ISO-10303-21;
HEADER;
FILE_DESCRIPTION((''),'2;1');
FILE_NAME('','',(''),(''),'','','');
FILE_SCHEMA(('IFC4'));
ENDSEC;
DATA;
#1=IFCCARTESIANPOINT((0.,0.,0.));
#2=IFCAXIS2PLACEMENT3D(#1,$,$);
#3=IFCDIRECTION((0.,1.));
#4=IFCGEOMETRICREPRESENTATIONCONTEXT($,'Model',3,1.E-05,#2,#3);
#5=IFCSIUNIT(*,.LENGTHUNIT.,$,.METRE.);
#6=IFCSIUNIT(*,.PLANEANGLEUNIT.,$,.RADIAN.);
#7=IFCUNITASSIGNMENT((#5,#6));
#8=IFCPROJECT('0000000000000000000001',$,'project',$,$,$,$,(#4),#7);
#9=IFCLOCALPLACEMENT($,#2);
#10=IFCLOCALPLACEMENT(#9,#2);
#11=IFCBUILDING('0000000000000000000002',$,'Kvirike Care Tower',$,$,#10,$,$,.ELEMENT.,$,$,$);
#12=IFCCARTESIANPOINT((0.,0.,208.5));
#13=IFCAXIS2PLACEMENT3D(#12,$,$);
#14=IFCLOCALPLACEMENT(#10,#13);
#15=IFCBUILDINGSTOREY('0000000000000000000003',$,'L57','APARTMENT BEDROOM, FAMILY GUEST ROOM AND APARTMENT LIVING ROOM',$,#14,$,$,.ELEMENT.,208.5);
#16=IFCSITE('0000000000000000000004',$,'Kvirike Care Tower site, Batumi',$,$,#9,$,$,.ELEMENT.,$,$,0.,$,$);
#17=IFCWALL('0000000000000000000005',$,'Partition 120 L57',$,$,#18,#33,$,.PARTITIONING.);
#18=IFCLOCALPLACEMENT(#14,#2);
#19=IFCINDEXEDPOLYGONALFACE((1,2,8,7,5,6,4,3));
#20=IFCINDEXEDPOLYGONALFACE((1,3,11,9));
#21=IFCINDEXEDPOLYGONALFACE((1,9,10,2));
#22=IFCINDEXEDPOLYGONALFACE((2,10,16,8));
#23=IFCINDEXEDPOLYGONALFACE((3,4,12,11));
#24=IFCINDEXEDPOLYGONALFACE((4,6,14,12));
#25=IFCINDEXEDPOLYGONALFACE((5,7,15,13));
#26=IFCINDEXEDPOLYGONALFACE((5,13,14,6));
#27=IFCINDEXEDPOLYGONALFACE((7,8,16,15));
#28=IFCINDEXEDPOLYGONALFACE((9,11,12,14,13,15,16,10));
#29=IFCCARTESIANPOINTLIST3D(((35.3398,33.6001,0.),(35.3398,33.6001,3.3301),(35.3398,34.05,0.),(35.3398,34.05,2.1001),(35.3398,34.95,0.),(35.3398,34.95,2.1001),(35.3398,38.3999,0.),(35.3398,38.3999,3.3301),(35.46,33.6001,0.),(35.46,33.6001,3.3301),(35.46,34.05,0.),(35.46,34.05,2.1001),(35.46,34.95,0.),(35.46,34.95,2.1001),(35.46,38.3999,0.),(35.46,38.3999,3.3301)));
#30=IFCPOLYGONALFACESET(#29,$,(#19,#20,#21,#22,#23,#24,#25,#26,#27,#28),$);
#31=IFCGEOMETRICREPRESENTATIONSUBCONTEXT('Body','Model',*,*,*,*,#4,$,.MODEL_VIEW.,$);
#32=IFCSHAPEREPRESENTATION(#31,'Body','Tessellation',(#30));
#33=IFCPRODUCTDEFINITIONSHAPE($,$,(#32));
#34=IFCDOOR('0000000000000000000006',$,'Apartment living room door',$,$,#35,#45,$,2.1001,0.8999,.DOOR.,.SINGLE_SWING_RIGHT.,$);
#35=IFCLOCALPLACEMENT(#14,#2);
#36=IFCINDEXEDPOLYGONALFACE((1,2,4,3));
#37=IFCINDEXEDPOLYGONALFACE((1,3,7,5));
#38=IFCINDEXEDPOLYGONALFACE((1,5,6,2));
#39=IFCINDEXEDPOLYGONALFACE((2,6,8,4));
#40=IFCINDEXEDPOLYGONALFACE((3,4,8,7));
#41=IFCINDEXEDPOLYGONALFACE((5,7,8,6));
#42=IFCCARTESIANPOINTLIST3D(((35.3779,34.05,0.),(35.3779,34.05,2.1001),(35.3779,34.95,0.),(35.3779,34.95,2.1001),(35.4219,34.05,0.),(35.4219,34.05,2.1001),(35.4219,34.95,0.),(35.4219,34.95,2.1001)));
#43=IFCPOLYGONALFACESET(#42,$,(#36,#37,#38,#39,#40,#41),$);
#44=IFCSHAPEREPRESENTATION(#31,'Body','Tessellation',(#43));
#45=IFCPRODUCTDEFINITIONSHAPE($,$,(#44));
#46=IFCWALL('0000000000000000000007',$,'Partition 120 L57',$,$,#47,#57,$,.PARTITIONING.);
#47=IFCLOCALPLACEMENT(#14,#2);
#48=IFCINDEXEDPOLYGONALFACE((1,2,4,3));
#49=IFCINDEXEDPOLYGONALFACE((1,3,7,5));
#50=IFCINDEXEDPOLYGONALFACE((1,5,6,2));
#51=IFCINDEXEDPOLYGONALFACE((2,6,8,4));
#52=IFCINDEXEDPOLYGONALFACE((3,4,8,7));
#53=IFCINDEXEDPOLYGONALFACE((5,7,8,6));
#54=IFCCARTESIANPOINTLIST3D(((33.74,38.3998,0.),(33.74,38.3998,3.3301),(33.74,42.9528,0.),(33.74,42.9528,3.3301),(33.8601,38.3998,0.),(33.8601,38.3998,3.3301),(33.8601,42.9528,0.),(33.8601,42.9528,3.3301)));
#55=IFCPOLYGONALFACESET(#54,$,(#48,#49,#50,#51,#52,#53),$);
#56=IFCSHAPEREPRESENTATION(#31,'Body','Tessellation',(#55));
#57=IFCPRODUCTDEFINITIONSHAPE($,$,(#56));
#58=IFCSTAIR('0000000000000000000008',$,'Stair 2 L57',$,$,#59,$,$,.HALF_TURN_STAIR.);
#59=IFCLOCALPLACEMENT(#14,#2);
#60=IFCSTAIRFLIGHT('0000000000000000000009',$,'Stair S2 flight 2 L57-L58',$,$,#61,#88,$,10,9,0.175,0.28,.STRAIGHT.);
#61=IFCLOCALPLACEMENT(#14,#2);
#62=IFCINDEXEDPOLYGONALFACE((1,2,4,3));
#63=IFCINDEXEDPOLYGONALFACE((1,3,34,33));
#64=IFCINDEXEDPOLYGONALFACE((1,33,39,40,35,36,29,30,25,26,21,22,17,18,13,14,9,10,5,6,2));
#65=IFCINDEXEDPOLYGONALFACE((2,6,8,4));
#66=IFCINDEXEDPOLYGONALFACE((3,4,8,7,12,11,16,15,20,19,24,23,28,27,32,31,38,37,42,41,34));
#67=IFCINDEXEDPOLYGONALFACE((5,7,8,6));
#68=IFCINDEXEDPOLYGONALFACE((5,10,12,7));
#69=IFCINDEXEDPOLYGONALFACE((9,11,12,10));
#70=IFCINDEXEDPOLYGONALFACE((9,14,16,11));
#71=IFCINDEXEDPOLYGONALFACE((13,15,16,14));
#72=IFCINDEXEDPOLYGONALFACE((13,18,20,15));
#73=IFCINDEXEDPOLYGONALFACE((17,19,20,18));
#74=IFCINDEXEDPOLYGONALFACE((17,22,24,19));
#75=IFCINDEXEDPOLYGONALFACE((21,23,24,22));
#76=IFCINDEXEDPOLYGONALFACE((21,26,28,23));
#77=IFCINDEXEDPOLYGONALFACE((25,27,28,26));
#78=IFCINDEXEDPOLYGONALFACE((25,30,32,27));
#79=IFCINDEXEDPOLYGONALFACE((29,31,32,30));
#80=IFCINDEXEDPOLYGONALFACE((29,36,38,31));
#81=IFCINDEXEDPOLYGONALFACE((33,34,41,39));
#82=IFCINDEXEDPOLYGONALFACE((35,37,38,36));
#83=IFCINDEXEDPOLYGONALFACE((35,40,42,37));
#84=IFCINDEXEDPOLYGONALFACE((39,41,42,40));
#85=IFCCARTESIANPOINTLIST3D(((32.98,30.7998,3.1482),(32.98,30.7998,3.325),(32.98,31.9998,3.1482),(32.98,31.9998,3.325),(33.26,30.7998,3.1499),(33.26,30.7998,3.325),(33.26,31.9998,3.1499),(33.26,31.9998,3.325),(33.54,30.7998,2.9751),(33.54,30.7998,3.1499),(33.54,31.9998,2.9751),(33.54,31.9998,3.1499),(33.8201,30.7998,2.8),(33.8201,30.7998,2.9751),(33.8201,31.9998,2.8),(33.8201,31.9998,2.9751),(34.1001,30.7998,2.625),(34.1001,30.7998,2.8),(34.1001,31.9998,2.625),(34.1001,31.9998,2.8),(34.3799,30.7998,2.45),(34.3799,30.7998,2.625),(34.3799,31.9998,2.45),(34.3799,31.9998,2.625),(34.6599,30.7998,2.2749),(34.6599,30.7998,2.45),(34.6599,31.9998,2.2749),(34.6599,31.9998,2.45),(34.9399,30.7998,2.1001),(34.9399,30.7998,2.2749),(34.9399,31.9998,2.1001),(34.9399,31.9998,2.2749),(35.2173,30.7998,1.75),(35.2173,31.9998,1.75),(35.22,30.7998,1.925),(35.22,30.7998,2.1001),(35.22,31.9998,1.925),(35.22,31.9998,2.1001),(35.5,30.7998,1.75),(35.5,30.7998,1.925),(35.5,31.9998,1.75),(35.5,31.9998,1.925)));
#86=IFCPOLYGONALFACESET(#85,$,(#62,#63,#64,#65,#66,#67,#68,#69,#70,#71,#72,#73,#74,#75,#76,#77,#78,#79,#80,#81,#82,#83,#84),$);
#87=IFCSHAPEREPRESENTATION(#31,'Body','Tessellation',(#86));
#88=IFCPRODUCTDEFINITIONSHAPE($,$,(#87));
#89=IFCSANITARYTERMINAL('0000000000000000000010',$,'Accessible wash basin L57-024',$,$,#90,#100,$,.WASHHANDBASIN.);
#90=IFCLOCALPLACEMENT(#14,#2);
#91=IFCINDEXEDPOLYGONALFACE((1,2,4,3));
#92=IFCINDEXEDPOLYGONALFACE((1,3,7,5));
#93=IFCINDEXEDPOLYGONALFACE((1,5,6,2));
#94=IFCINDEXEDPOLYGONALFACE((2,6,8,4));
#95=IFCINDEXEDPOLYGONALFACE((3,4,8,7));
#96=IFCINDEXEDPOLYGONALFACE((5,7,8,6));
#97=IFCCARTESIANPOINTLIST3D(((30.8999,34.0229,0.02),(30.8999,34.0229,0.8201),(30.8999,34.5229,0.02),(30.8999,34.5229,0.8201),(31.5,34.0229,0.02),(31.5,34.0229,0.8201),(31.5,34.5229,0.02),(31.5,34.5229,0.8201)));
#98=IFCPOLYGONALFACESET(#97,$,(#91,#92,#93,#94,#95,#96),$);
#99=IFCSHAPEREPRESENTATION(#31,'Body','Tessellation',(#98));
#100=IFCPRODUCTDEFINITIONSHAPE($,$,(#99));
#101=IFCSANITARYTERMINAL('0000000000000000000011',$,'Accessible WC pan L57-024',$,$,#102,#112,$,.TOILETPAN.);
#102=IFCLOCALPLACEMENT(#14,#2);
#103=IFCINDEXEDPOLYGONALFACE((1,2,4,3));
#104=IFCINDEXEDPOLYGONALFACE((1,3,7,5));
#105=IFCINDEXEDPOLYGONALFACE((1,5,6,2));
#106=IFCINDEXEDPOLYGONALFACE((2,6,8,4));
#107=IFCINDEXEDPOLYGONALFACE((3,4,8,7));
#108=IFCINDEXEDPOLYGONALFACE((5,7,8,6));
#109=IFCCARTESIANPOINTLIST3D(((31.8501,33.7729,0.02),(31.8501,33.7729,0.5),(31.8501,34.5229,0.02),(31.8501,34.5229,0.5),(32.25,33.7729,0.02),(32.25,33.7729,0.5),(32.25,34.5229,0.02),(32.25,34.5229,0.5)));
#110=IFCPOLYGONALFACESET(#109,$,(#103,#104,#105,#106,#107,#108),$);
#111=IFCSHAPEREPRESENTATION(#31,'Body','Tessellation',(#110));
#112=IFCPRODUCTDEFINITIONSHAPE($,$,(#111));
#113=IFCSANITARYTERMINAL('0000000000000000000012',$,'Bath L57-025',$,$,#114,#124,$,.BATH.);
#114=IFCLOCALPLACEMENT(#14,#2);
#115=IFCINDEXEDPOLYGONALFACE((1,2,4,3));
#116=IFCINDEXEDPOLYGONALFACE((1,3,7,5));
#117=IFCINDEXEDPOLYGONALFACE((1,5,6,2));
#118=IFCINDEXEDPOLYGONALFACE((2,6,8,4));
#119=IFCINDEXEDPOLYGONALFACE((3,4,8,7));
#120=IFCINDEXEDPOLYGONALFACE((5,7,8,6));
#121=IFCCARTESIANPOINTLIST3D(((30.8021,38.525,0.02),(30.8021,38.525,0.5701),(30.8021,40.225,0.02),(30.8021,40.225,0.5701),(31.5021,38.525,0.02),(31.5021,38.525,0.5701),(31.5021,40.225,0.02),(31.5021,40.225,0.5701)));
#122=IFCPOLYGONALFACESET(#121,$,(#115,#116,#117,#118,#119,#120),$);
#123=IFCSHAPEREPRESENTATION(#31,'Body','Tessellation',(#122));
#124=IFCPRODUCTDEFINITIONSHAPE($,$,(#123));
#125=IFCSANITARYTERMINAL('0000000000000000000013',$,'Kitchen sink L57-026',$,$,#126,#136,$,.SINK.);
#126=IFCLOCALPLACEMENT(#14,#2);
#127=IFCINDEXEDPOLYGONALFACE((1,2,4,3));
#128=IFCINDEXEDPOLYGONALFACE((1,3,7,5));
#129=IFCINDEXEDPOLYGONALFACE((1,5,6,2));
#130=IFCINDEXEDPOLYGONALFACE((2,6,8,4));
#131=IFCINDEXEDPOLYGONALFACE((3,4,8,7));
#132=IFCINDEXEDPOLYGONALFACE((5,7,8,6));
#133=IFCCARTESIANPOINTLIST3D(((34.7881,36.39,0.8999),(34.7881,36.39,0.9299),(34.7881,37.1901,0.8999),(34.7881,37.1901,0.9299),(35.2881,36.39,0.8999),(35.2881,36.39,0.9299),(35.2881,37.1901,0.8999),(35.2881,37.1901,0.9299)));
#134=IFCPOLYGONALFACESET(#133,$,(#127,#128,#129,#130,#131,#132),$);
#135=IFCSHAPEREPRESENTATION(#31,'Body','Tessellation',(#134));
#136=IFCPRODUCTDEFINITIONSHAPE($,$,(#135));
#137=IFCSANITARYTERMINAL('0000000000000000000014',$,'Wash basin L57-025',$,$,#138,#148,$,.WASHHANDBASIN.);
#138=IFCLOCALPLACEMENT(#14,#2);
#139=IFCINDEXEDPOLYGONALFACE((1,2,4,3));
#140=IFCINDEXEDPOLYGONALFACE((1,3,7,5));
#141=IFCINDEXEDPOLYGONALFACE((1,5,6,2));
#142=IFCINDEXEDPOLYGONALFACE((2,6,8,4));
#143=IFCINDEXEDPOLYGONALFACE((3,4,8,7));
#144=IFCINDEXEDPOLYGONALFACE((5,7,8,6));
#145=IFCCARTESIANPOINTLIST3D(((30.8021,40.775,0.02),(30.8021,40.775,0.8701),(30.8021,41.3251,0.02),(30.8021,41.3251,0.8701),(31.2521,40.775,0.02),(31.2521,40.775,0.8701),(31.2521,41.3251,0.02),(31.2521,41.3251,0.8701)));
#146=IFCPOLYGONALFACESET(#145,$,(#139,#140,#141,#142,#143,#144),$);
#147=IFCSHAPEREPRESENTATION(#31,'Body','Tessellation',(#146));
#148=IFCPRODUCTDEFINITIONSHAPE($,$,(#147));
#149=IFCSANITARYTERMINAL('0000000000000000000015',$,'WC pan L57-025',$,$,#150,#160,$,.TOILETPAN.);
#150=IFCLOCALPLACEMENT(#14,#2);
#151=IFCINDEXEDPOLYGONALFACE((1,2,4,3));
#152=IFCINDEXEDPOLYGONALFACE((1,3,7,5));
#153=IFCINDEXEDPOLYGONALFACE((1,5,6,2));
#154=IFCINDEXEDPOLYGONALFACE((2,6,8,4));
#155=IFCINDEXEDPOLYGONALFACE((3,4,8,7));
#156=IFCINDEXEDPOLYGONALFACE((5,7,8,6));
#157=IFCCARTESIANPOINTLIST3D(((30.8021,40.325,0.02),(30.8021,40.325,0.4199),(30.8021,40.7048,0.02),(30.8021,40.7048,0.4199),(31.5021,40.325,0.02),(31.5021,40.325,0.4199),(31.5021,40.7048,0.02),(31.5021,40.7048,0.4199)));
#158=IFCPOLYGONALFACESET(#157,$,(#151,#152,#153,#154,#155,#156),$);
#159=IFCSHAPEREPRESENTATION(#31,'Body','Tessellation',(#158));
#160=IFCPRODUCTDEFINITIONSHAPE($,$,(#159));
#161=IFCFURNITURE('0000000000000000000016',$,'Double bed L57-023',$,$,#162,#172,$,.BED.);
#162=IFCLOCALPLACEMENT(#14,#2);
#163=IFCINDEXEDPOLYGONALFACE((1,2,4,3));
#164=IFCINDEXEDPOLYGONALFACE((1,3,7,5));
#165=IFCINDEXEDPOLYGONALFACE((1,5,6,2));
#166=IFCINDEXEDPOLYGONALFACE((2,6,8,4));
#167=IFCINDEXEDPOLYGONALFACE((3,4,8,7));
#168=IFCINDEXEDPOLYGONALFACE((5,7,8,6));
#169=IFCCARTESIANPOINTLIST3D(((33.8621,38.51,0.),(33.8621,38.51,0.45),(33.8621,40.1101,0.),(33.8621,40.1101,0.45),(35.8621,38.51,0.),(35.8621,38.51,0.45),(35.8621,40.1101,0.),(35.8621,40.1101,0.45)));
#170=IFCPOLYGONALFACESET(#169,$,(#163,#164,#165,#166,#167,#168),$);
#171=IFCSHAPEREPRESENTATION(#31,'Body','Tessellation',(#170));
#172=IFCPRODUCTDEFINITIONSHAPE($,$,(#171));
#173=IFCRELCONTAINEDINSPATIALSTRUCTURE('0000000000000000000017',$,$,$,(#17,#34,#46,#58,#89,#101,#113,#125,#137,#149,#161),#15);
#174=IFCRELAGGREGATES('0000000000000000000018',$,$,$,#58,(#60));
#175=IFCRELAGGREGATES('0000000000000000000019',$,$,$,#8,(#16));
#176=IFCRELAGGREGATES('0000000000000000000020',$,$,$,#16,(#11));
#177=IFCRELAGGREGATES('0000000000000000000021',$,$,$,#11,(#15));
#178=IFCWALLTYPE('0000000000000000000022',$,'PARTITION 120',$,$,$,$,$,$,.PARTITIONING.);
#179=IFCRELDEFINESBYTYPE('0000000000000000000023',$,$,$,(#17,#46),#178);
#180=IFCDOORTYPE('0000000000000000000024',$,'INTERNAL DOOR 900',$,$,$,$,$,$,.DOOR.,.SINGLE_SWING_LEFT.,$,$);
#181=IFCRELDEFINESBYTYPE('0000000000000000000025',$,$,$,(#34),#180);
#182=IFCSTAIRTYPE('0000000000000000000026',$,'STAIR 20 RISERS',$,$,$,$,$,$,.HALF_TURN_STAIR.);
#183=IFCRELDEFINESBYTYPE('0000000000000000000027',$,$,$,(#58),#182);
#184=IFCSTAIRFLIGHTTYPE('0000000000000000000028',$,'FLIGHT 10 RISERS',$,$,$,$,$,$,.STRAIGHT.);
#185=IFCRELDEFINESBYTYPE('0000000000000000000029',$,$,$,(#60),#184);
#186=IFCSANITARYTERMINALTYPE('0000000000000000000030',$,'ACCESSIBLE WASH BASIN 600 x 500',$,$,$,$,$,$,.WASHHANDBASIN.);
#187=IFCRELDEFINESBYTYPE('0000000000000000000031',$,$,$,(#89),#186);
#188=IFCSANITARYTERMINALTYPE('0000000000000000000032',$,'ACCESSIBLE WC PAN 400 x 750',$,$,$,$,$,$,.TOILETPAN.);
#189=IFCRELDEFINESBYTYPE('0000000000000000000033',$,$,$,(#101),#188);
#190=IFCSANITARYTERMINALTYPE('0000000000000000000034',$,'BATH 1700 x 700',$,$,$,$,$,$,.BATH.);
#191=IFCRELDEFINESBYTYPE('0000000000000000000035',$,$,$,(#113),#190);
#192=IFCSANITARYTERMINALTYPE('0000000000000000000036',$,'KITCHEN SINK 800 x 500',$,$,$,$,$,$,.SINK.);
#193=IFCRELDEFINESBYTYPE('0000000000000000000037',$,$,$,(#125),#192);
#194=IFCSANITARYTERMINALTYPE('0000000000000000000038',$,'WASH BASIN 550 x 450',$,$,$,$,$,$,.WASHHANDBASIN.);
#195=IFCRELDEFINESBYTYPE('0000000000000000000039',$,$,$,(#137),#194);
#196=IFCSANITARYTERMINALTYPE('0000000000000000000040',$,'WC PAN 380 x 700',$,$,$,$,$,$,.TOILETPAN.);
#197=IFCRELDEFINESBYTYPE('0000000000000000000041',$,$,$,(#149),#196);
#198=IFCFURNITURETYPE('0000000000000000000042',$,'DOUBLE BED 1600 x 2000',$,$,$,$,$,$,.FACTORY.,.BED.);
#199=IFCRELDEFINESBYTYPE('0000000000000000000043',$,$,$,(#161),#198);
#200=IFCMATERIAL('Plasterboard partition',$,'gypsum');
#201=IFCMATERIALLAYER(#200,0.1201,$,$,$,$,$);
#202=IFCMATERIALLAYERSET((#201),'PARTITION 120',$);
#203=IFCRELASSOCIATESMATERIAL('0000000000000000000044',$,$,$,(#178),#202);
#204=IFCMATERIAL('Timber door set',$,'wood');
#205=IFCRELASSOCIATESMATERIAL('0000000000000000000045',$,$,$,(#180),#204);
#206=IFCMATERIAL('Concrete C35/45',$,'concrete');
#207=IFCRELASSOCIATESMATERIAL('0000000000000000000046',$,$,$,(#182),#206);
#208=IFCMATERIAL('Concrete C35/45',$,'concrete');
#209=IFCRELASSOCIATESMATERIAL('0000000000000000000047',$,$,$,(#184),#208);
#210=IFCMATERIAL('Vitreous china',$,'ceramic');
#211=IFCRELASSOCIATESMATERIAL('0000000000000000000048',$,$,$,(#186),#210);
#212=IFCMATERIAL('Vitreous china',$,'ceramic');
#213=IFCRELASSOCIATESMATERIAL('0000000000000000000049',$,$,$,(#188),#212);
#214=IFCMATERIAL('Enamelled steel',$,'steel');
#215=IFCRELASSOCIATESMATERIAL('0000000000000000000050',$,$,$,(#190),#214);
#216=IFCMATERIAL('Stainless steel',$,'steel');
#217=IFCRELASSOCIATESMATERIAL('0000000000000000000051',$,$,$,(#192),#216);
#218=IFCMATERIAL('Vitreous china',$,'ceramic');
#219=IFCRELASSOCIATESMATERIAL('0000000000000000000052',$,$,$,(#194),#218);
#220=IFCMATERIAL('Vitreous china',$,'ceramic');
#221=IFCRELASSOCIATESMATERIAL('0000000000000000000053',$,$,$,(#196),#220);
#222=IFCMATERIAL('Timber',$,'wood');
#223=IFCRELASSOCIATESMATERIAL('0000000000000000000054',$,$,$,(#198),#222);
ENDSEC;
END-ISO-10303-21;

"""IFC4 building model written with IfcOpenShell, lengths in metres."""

from ifc_helpers import new_model, si_unit, direction, frame, frame_2d, origin, origin_2d, place, context, subcontext, project, spatial, polyline, rectangle, outline, extrude, material, layer, layer_set, type_object, element, fill, aggregate, save


model = new_model("IFC4")

# Units and contexts
model_context = context("Model", 3, precision=1e-05, world=origin(), true_north=direction((0.0, 1.0)))
body_context = subcontext(model_context, "Body", "Model", "MODEL_VIEW")
ifc_project = project(units=[si_unit("LENGTHUNIT", "METRE"), si_unit("PLANEANGLEUNIT", "RADIAN")], contexts=[model_context])

# Site, building, storey
site_placement = place(None, origin())
site = spatial("IfcSite", under=ifc_project, at=site_placement, Name="Kvirike Care Tower site, Batumi", CompositionType="ELEMENT", RefElevation=0.0)
building_placement = place(site_placement, origin())
building = spatial("IfcBuilding", under=site, at=building_placement, Name="Kvirike Care Tower", CompositionType="ELEMENT")
storey_placement = place(building_placement, frame((0.0, 0.0, 208.5)))
storey = spatial("IfcBuildingStorey", under=building, at=storey_placement, Name="L57", Description="APARTMENT BEDROOM, FAMILY GUEST ROOM AND APARTMENT LIVING ROOM", CompositionType="ELEMENT", Elevation=208.5)

# Wall, opening, door
ifc_material_1 = material(Name="Plasterboard partition", Category="gypsum")
ifc_layer_1 = layer(ifc_material_1, 0.1201)
ifc_layer_set_1 = layer_set([ifc_layer_1], Name="PARTITION 120")
wall_type_1 = type_object("IfcWallType", Name="PARTITION 120", PredefinedType="PARTITIONING", material=ifc_layer_set_1)
wall_1_placement = place(storey_placement, frame((35.3999, 33.6001, 0.0), z_axis=(0.0, 0.0, 1.0), x_axis=(0.0, 1.0, 0.0)))
wall_1 = element("IfcWall", 1, at=wall_1_placement, inside=storey, type_object=wall_type_1, Name="Partition 120 L57", PredefinedType="PARTITIONING", context=body_context, shape_type="SweptSolid", body=[
    extrude(rectangle(XDim=4.7998, YDim=0.1201, at=frame_2d((2.3999, 0.0))), origin(), (0.0, 0.0, 1.0), 3.3301),
])
opening_1_placement = place(wall_1_placement, frame((0.45, 0.0, 0.0)))
opening_1 = element("IfcOpeningElement", 2, at=opening_1_placement, cuts=wall_1, PredefinedType="OPENING", context=body_context, shape_type="SweptSolid", body=[
    extrude(rectangle(XDim=0.8999, YDim=2.1001, at=frame_2d((0.45, 1.05))), frame((0.0, 0.0706, 0.0), z_axis=(0.0, -1.0, 0.0), x_axis=(1.0, 0.0, 0.0)), (0.0, 0.0, 1.0), 0.1411),
])
ifc_material_2 = material(Name="Timber door set", Category="wood")
door_type_1 = type_object("IfcDoorType", Name="INTERNAL DOOR 900", OperationType="SINGLE_SWING_LEFT", PredefinedType="DOOR", material=ifc_material_2)
door_1_placement = place(opening_1_placement, origin())
door_1 = element("IfcDoor", 3, at=door_1_placement, inside=storey, type_object=door_type_1, Name="Apartment living room door", OperationType="SINGLE_SWING_RIGHT", OverallHeight=2.1001, OverallWidth=0.8999, PredefinedType="DOOR", context=body_context, shape_type="SweptSolid", body=[
    extrude(rectangle(XDim=0.8999, YDim=2.1001, at=frame_2d((0.45, 1.05))), frame((0.0, 0.022, 0.0), z_axis=(0.0, -1.0, 0.0), x_axis=(1.0, 0.0, 0.0)), (0.0, 0.0, 1.0), 0.0439),
])
fill(opening_1, door_1)

# Wall
wall_2_placement = place(storey_placement, frame((33.8, 38.3999, 0.0), z_axis=(0.0, 0.0, 1.0), x_axis=(0.0, 1.0, 0.0)))
element("IfcWall", 4, at=wall_2_placement, inside=storey, type_object=wall_type_1, Name="Partition 120 L57", PredefinedType="PARTITIONING", context=body_context, shape_type="SweptSolid", body=[
    extrude(rectangle(XDim=4.553, YDim=0.1201, at=frame_2d((2.2764, 0.0))), origin(), (0.0, 0.0, 1.0), 3.3301),
])

# Stair, stair flight
ifc_material_3 = material(Name="Concrete C35/45", Category="concrete")
stair_type = type_object("IfcStairType", Name="STAIR 20 RISERS", PredefinedType="HALF_TURN_STAIR", material=ifc_material_3)
stair_placement = place(storey_placement, origin())
stair = element("IfcStair", 5, at=stair_placement, inside=storey, type_object=stair_type, Name="Stair 2 L57", PredefinedType="HALF_TURN_STAIR")
ifc_material_4 = material(Name="Concrete C35/45", Category="concrete")
stair_flight_type = type_object("IfcStairFlightType", Name="FLIGHT 10 RISERS", PredefinedType="STRAIGHT", material=ifc_material_4)
stair_flight_placement = place(storey_placement, frame((35.5, 31.3999, 1.75), z_axis=(0.0, 0.0, 1.0), x_axis=(-1.0, 0.0, 0.0)))
stair_flight = element("IfcStairFlight", 6, at=stair_flight_placement, type_object=stair_flight_type, Name="Stair S2 flight 2 L57-L58", NumberOfRisers=10, NumberOfTreads=9, PredefinedType="STRAIGHT", RiserHeight=0.175, TreadLength=0.28, context=body_context, shape_type="SweptSolid", body=[
    extrude(outline(polyline([(0.0, 0.0), (0.0, 0.175), (0.28, 0.175), (0.28, 0.3501), (0.5601, 0.3501), (0.5601, 0.5249), (0.8401, 0.5249), (0.8401, 0.7), (1.1201, 0.7), (1.1201, 0.875), (1.3999, 0.875), (1.3999, 1.05), (1.6799, 1.05), (1.6799, 1.2251), (1.96, 1.2251), (1.96, 1.3999), (2.24, 1.3999), (2.24, 1.575), (2.52, 1.575), (2.52, 1.75), (2.52, 1.3982), (0.2827, 0.0), (0.0, 0.0)])), frame((0.0, 0.6001, 0.0), z_axis=(0.0, -1.0, 0.0), x_axis=(1.0, 0.0, 0.0)), (0.0, 0.0, 1.0), 1.2),
])
aggregate(stair, [stair_flight])

# Sanitary terminals
ifc_material_5 = material(Name="Vitreous china", Category="ceramic")
sanitary_terminal_type_1 = type_object("IfcSanitaryTerminalType", Name="ACCESSIBLE WASH BASIN 600 x 500", PredefinedType="WASHHANDBASIN", material=ifc_material_5)
sanitary_terminal_1_placement = place(storey_placement, frame((31.2, 34.2729, 0.02), z_axis=(0.0, 0.0, 1.0), x_axis=(1.0, 0.0, 0.0)))
element("IfcSanitaryTerminal", 7, at=sanitary_terminal_1_placement, inside=storey, type_object=sanitary_terminal_type_1, Name="Accessible wash basin L57-024", PredefinedType="WASHHANDBASIN", context=body_context, shape_type="SweptSolid", body=[
    extrude(rectangle(XDim=0.6001, YDim=0.5, at=origin_2d()), origin(), (0.0, 0.0, 1.0), 0.8),
])
ifc_material_6 = material(Name="Vitreous china", Category="ceramic")
sanitary_terminal_type_2 = type_object("IfcSanitaryTerminalType", Name="ACCESSIBLE WC PAN 400 x 750", PredefinedType="TOILETPAN", material=ifc_material_6)
sanitary_terminal_2_placement = place(storey_placement, frame((32.05, 34.1479, 0.02), z_axis=(0.0, 0.0, 1.0), x_axis=(1.0, 0.0, 0.0)))
element("IfcSanitaryTerminal", 8, at=sanitary_terminal_2_placement, inside=storey, type_object=sanitary_terminal_type_2, Name="Accessible WC pan L57-024", PredefinedType="TOILETPAN", context=body_context, shape_type="SweptSolid", body=[
    extrude(rectangle(XDim=0.3999, YDim=0.75, at=origin_2d()), origin(), (0.0, 0.0, 1.0), 0.48),
])
ifc_material_7 = material(Name="Enamelled steel", Category="steel")
sanitary_terminal_type_3 = type_object("IfcSanitaryTerminalType", Name="BATH 1700 x 700", PredefinedType="BATH", material=ifc_material_7)
sanitary_terminal_3_placement = place(storey_placement, frame((31.1521, 39.375, 0.02), z_axis=(0.0, 0.0, 1.0), x_axis=(0.0, 1.0, 0.0)))
element("IfcSanitaryTerminal", 9, at=sanitary_terminal_3_placement, inside=storey, type_object=sanitary_terminal_type_3, Name="Bath L57-025", PredefinedType="BATH", context=body_context, shape_type="SweptSolid", body=[
    extrude(rectangle(XDim=1.7, YDim=0.7, at=origin_2d()), origin(), (0.0, 0.0, 1.0), 0.55),
])
ifc_material_8 = material(Name="Stainless steel", Category="steel")
sanitary_terminal_type_4 = type_object("IfcSanitaryTerminalType", Name="KITCHEN SINK 800 x 500", PredefinedType="SINK", material=ifc_material_8)
sanitary_terminal_4_placement = place(storey_placement, frame((35.0381, 36.79, 0.8999), z_axis=(0.0, 0.0, 1.0), x_axis=(0.0, -1.0, 0.0)))
element("IfcSanitaryTerminal", 10, at=sanitary_terminal_4_placement, inside=storey, type_object=sanitary_terminal_type_4, Name="Kitchen sink L57-026", PredefinedType="SINK", context=body_context, shape_type="SweptSolid", body=[
    extrude(rectangle(XDim=0.8, YDim=0.5, at=origin_2d()), origin(), (0.0, 0.0, 1.0), 0.03),
])
ifc_material_9 = material(Name="Vitreous china", Category="ceramic")
sanitary_terminal_type_5 = type_object("IfcSanitaryTerminalType", Name="WASH BASIN 550 x 450", PredefinedType="WASHHANDBASIN", material=ifc_material_9)
sanitary_terminal_5_placement = place(storey_placement, frame((31.0271, 41.05, 0.02), z_axis=(0.0, 0.0, 1.0), x_axis=(0.0, 1.0, 0.0)))
element("IfcSanitaryTerminal", 11, at=sanitary_terminal_5_placement, inside=storey, type_object=sanitary_terminal_type_5, Name="Wash basin L57-025", PredefinedType="WASHHANDBASIN", context=body_context, shape_type="SweptSolid", body=[
    extrude(rectangle(XDim=0.55, YDim=0.45, at=origin_2d()), origin(), (0.0, 0.0, 1.0), 0.8501),
])
ifc_material_10 = material(Name="Vitreous china", Category="ceramic")
sanitary_terminal_type_6 = type_object("IfcSanitaryTerminalType", Name="WC PAN 380 x 700", PredefinedType="TOILETPAN", material=ifc_material_10)
sanitary_terminal_6_placement = place(storey_placement, frame((31.1521, 40.5149, 0.02), z_axis=(0.0, 0.0, 1.0), x_axis=(0.0, 1.0, 0.0)))
element("IfcSanitaryTerminal", 12, at=sanitary_terminal_6_placement, inside=storey, type_object=sanitary_terminal_type_6, Name="WC pan L57-025", PredefinedType="TOILETPAN", context=body_context, shape_type="SweptSolid", body=[
    extrude(rectangle(XDim=0.3799, YDim=0.7, at=origin_2d()), origin(), (0.0, 0.0, 1.0), 0.3999),
])

# Furniture
ifc_material_11 = material(Name="Timber", Category="wood")
furniture_type_1 = type_object("IfcFurnitureType", Name="DOUBLE BED 1600 x 2000", AssemblyPlace="FACTORY", PredefinedType="BED", material=ifc_material_11)
furniture_1_placement = place(storey_placement, frame((34.8621, 39.3101, 0.0), z_axis=(0.0, 0.0, 1.0), x_axis=(0.0, 1.0, 0.0)))
element("IfcFurniture", 13, at=furniture_1_placement, inside=storey, type_object=furniture_type_1, Name="Double bed L57-023", PredefinedType="BED", context=body_context, shape_type="SweptSolid", body=[
    extrude(rectangle(XDim=1.6001, YDim=2.0, at=origin_2d()), origin(), (0.0, 0.0, 1.0), 0.45),
])

save(model, "model.ifc")
